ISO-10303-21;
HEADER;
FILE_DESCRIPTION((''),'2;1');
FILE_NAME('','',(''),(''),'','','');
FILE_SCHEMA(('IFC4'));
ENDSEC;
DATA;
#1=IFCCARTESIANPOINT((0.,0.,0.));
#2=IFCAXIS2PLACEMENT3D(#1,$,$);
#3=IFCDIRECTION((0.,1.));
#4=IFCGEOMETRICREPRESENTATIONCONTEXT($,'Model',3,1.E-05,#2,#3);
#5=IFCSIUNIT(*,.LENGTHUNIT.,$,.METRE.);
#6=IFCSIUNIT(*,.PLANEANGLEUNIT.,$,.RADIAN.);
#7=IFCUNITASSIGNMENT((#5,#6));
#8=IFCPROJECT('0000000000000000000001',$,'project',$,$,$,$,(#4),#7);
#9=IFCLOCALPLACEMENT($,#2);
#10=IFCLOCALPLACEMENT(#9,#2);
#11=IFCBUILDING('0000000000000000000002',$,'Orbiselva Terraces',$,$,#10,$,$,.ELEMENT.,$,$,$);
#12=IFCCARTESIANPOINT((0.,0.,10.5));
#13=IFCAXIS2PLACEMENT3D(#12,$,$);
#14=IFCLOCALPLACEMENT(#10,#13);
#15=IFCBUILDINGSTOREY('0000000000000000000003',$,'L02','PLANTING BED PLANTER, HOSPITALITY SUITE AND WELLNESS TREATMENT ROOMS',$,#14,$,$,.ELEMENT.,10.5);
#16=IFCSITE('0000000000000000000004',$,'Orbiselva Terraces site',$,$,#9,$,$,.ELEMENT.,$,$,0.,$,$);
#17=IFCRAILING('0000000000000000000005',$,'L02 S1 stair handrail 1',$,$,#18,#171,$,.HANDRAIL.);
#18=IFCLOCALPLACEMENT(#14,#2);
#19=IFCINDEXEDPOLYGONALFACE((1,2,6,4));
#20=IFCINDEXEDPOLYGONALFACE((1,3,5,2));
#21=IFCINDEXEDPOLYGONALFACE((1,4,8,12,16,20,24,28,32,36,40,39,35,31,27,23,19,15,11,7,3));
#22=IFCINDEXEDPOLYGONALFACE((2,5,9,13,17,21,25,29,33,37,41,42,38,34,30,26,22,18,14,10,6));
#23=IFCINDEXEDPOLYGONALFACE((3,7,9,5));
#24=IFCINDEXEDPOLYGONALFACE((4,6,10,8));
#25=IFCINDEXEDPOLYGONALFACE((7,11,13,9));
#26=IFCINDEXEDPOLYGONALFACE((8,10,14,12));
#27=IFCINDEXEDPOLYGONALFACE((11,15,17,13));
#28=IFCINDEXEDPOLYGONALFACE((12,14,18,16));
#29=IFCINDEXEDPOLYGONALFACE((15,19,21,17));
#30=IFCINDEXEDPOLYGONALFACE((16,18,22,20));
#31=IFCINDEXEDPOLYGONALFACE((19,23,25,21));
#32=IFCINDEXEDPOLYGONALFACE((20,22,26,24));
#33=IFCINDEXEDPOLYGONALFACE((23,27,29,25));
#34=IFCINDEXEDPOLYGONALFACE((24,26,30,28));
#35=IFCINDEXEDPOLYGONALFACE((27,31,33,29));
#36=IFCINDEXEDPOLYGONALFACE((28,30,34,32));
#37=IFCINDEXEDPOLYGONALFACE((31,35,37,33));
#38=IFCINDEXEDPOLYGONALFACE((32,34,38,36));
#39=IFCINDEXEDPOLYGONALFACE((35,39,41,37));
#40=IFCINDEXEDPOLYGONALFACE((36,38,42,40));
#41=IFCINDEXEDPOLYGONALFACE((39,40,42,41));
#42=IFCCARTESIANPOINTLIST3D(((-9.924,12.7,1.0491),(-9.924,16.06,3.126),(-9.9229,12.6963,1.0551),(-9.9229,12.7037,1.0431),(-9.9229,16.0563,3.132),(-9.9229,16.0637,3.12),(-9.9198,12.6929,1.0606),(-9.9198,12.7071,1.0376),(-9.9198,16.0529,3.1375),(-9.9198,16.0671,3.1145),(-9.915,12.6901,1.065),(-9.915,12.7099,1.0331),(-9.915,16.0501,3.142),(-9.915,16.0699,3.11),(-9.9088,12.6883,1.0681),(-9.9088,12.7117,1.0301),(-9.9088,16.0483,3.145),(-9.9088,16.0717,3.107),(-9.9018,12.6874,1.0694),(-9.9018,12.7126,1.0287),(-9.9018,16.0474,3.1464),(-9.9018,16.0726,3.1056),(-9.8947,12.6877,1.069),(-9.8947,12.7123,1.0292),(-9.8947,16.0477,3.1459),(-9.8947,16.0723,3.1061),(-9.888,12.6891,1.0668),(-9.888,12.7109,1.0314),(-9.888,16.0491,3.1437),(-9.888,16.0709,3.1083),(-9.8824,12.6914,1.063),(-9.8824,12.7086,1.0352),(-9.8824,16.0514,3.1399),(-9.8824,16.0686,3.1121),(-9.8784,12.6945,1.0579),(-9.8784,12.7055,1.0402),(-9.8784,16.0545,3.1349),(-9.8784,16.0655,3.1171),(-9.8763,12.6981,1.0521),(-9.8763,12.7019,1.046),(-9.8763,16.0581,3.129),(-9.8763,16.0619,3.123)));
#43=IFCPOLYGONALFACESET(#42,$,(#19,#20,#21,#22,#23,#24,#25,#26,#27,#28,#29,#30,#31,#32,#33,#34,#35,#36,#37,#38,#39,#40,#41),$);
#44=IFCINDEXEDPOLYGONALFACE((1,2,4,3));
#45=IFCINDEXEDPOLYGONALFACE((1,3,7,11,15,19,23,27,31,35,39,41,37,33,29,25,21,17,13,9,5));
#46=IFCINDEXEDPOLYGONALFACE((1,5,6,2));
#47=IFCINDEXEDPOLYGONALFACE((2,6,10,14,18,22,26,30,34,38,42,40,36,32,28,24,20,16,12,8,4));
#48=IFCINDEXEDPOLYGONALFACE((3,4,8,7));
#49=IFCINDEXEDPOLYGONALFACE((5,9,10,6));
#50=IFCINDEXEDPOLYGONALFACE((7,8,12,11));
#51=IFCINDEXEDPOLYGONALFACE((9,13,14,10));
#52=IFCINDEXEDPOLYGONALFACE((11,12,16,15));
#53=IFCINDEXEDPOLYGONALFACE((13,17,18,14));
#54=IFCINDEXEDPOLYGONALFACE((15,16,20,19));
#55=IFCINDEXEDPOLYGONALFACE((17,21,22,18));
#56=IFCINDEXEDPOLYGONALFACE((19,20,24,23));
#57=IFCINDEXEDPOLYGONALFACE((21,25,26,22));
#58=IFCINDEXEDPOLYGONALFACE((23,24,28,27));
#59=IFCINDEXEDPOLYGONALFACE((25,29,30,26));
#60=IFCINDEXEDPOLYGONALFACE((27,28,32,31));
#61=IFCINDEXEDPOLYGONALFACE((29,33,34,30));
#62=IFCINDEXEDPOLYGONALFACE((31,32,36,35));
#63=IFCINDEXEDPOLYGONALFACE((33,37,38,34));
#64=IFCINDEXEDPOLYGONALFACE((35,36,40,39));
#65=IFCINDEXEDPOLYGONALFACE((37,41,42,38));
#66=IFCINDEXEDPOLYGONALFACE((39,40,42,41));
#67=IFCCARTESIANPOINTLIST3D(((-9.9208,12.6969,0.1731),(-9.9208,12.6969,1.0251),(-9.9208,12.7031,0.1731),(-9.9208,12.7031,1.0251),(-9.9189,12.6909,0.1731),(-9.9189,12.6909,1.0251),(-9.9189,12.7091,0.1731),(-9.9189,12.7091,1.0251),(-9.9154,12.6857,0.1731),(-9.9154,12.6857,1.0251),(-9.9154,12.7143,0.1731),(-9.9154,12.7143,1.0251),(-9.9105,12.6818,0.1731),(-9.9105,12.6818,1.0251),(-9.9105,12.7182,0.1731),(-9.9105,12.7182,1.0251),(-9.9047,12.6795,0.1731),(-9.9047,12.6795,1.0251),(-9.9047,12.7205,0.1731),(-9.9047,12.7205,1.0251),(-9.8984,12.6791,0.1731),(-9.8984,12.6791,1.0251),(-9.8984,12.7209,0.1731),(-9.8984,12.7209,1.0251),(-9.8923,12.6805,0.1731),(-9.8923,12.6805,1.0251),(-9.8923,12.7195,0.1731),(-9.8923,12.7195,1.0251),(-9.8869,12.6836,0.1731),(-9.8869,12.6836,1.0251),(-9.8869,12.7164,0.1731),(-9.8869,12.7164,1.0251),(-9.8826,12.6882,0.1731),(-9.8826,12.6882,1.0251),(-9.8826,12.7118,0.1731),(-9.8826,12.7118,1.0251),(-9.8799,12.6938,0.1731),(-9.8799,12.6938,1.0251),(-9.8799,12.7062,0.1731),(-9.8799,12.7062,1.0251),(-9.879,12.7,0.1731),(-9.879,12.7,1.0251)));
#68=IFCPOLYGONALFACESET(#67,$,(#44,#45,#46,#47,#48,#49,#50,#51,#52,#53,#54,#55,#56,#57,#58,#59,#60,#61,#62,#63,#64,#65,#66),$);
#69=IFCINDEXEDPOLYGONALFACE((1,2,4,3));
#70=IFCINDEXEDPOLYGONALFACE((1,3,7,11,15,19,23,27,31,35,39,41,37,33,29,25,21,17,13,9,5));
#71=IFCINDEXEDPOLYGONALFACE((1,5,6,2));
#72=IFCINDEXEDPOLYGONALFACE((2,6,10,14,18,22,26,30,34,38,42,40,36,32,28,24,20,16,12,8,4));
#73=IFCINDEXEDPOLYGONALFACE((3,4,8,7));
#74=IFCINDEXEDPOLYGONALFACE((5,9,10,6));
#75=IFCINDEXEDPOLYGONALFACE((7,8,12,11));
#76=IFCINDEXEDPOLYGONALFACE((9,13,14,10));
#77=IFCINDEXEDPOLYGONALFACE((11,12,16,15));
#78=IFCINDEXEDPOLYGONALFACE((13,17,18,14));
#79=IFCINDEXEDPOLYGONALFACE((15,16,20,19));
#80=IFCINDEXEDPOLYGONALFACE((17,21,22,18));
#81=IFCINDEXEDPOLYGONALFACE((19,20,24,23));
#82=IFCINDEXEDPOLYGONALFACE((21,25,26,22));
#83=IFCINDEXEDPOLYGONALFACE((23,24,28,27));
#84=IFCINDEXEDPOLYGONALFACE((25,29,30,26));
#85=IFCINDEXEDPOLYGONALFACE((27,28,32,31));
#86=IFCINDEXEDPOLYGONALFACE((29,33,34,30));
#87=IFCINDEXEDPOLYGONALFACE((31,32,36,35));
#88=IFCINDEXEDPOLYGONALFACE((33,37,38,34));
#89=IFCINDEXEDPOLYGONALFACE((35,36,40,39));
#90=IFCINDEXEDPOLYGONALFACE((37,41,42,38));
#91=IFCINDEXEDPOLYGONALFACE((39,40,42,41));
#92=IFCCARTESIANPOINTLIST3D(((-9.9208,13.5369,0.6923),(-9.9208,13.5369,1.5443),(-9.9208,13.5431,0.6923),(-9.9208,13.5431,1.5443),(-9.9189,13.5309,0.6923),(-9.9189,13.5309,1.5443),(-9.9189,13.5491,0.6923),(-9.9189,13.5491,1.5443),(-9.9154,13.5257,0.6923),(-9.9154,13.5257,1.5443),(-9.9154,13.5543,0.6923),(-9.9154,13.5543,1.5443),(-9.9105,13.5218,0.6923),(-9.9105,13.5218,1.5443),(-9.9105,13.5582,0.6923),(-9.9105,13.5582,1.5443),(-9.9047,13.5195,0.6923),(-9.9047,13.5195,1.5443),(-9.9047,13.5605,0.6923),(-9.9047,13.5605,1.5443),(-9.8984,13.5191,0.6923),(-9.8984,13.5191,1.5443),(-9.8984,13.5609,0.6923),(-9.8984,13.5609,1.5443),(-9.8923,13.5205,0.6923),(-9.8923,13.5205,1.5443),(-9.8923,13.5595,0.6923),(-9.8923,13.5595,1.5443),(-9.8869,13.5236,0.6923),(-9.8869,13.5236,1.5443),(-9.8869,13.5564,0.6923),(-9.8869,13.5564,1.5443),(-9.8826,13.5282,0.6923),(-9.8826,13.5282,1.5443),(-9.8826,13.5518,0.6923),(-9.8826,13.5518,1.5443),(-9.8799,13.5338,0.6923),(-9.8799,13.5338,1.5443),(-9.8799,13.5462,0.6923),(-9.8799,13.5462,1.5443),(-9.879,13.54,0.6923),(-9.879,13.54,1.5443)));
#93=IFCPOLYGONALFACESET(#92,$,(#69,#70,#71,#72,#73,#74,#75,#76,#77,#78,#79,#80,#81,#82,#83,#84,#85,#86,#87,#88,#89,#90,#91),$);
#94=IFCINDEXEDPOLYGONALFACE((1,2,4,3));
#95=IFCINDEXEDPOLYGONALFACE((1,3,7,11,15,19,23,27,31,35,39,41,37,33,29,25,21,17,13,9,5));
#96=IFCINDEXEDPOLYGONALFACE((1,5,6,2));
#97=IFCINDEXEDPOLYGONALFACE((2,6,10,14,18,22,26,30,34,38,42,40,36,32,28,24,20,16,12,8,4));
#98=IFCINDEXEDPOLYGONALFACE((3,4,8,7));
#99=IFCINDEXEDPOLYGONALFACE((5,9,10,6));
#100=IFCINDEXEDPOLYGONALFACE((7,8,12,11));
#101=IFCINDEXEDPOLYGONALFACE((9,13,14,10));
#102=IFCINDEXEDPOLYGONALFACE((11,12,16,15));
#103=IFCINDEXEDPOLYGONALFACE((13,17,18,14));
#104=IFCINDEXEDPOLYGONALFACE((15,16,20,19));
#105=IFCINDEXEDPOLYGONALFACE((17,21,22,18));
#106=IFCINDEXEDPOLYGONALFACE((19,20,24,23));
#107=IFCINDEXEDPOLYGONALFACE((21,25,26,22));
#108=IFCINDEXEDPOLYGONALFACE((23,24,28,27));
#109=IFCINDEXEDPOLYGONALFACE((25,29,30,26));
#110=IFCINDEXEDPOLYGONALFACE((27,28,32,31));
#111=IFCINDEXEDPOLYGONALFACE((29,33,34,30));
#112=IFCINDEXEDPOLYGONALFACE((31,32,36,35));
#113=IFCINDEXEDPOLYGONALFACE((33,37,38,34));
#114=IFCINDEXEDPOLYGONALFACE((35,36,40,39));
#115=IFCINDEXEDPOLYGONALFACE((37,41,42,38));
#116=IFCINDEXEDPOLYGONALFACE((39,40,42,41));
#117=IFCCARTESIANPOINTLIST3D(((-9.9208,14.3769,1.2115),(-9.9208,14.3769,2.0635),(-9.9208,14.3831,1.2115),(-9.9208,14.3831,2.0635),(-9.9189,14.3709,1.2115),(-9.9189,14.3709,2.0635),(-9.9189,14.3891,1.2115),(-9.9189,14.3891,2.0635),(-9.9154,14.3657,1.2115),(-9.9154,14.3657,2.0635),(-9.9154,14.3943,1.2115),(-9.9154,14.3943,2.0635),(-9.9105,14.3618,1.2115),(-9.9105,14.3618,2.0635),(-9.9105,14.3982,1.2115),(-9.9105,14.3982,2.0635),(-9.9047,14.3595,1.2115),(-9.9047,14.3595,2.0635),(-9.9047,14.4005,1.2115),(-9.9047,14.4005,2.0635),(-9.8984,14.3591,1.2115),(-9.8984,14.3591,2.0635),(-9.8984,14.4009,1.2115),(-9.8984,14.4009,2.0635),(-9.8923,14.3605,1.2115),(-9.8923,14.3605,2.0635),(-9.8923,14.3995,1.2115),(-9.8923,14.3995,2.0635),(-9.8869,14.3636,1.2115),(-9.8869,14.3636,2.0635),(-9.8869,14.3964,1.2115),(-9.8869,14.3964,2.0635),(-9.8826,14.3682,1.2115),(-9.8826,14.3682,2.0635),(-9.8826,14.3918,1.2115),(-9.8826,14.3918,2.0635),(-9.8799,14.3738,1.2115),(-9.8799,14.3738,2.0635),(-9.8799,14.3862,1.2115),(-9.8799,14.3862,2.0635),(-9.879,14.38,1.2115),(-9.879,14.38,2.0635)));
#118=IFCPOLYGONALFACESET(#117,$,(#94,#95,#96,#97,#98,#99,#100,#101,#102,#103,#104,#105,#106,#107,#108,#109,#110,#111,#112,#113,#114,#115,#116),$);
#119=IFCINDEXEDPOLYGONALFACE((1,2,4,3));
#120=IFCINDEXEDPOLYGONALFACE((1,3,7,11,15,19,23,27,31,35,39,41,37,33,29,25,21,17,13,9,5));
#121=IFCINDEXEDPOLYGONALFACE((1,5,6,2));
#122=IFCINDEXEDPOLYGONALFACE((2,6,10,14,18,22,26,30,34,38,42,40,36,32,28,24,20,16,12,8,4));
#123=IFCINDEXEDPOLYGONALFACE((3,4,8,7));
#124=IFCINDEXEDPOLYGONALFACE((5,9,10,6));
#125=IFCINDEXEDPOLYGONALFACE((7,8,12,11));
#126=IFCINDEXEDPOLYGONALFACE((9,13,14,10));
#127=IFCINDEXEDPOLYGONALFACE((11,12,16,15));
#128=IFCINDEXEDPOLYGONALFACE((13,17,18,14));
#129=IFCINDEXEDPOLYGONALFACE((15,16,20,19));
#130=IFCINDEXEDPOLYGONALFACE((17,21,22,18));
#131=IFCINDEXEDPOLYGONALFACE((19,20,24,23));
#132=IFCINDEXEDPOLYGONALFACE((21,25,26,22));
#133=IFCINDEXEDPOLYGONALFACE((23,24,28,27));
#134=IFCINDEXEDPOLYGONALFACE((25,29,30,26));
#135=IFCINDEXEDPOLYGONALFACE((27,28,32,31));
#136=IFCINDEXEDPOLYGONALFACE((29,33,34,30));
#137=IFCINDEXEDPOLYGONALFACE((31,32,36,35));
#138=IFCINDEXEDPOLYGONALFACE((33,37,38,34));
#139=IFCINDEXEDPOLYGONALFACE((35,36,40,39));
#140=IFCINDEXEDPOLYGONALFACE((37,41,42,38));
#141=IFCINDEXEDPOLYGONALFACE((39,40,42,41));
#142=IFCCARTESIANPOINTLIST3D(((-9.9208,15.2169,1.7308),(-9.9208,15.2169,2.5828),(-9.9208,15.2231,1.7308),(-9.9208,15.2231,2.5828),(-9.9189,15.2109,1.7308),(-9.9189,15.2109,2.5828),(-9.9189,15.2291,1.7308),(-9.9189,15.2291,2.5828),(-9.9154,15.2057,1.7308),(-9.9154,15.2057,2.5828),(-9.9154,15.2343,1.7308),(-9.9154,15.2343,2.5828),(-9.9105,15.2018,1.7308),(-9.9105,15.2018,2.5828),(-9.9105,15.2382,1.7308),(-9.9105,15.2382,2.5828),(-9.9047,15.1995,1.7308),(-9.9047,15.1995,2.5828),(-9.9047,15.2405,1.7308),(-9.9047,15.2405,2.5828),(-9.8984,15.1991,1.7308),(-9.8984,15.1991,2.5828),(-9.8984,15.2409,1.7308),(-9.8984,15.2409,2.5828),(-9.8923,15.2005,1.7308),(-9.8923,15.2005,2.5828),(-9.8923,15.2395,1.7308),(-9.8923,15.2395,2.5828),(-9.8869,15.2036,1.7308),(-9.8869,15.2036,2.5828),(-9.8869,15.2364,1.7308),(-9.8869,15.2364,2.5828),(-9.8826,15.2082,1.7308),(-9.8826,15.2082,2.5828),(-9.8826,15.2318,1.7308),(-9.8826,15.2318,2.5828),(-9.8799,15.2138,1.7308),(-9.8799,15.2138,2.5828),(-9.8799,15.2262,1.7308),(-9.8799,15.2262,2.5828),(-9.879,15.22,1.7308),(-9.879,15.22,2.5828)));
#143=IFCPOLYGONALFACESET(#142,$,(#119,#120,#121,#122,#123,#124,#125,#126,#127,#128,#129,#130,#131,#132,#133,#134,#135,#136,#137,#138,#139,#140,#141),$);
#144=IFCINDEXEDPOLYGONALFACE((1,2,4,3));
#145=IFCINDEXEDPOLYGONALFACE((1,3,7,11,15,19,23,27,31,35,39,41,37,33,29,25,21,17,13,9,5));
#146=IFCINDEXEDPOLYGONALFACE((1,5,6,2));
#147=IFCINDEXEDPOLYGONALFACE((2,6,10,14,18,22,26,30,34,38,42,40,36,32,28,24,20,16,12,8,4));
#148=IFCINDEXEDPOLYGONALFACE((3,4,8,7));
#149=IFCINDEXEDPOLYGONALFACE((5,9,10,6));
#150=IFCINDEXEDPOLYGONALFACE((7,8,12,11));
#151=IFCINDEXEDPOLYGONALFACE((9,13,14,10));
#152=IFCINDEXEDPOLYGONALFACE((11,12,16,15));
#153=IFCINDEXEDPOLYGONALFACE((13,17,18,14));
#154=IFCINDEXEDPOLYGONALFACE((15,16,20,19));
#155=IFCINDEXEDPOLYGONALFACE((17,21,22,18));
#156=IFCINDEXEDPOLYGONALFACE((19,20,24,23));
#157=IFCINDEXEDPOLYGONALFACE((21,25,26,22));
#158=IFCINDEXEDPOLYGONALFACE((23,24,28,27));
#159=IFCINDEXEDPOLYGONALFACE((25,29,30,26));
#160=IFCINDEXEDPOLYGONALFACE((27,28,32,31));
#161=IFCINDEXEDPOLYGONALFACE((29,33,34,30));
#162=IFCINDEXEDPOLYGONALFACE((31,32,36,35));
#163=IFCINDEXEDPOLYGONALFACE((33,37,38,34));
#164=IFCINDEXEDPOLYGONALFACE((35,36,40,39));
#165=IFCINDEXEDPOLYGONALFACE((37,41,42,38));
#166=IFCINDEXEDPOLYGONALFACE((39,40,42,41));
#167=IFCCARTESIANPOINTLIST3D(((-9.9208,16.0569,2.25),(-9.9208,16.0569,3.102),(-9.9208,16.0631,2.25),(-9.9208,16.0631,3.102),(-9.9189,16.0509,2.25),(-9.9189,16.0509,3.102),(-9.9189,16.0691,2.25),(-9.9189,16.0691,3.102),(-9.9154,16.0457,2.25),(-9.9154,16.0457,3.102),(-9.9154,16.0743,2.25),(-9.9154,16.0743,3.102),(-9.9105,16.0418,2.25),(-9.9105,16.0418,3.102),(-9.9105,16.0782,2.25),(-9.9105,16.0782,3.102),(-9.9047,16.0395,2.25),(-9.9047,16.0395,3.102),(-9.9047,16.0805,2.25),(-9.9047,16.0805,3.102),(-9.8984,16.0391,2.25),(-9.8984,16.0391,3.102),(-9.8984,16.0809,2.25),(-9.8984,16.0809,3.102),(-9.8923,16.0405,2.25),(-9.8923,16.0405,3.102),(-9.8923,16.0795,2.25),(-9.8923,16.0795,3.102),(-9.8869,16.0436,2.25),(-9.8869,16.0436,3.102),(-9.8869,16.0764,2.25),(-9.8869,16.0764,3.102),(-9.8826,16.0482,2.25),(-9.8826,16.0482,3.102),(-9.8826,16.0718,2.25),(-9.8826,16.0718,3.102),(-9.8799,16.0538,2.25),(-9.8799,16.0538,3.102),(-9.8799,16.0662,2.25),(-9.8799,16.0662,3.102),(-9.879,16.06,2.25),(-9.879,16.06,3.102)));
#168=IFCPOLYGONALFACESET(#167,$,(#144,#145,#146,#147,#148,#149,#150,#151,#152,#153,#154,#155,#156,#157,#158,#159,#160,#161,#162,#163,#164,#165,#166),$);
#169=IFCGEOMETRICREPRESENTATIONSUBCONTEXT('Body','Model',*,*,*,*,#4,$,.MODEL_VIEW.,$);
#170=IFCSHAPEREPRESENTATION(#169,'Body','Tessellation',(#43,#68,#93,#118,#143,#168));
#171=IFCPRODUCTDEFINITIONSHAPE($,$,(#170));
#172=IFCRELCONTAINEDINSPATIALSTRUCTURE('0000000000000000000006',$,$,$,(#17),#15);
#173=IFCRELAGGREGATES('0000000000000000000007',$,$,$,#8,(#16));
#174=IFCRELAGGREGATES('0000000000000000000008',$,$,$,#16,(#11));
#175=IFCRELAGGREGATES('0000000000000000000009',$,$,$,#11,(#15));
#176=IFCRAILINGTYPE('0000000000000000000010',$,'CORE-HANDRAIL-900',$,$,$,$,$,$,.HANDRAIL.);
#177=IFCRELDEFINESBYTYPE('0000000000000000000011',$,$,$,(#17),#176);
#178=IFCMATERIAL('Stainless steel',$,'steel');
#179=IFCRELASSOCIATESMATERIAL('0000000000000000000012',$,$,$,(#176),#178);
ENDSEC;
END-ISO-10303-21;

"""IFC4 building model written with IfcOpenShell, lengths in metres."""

from ifc_helpers import new_model, si_unit, direction, frame, origin, origin_2d, place, context, subcontext, project, spatial, circle, extrude, material, type_object, element, save


model = new_model("IFC4")

# Units and contexts
model_context = context("Model", 3, precision=1e-05, world=origin(), true_north=direction((0.0, 1.0)))
body_context = subcontext(model_context, "Body", "Model", "MODEL_VIEW")
ifc_project = project(units=[si_unit("LENGTHUNIT", "METRE"), si_unit("PLANEANGLEUNIT", "RADIAN")], contexts=[model_context])

# Site, building, storey
site_placement = place(None, origin())
site = spatial("IfcSite", under=ifc_project, at=site_placement, Name="Orbiselva Terraces site", CompositionType="ELEMENT", RefElevation=0.0)
building_placement = place(site_placement, origin())
building = spatial("IfcBuilding", under=site, at=building_placement, Name="Orbiselva Terraces", CompositionType="ELEMENT")
storey_placement = place(building_placement, frame((0.0, 0.0, 10.5)))
storey = spatial("IfcBuildingStorey", under=building, at=storey_placement, Name="L02", Description="PLANTING BED PLANTER, HOSPITALITY SUITE AND WELLNESS TREATMENT ROOMS", CompositionType="ELEMENT", Elevation=10.5)

# Railing
ifc_material_1 = material(Name="Stainless steel", Category="steel")
railing_type_1 = type_object("IfcRailingType", Name="CORE-HANDRAIL-900", PredefinedType="HANDRAIL", material=ifc_material_1)
railing_1_placement = place(storey_placement, frame((-9.9, 12.7, 0.1731)))
element("IfcRailing", 1, at=railing_1_placement, inside=storey, type_object=railing_type_1, Name="L02 S1 stair handrail 1", PredefinedType="HANDRAIL", context=body_context, shape_type="SweptSolid", body=[
    extrude(circle(Radius=0.024, at=origin_2d()), frame((0.0, 0.0, 0.876), z_axis=(0.0, 0.850614, 0.525791), x_axis=(-1.0, 0.0, 0.0)), (0.0, 0.0, 1.0), 3.9501),
    extrude(circle(Radius=0.021, at=origin_2d()), origin(), (0.0, 0.0, 1.0), 0.852),
    extrude(circle(Radius=0.021, at=origin_2d()), frame((0.0, 0.84, 0.5192)), (0.0, 0.0, 1.0), 0.852),
    extrude(circle(Radius=0.021, at=origin_2d()), frame((0.0, 1.68, 1.0385)), (0.0, 0.0, 1.0), 0.852),
    extrude(circle(Radius=0.021, at=origin_2d()), frame((0.0, 2.52, 1.5577)), (0.0, 0.0, 1.0), 0.852),
    extrude(circle(Radius=0.021, at=origin_2d()), frame((0.0, 3.36, 2.0769)), (0.0, 0.0, 1.0), 0.852),
])

save(model, "model.ifc")
